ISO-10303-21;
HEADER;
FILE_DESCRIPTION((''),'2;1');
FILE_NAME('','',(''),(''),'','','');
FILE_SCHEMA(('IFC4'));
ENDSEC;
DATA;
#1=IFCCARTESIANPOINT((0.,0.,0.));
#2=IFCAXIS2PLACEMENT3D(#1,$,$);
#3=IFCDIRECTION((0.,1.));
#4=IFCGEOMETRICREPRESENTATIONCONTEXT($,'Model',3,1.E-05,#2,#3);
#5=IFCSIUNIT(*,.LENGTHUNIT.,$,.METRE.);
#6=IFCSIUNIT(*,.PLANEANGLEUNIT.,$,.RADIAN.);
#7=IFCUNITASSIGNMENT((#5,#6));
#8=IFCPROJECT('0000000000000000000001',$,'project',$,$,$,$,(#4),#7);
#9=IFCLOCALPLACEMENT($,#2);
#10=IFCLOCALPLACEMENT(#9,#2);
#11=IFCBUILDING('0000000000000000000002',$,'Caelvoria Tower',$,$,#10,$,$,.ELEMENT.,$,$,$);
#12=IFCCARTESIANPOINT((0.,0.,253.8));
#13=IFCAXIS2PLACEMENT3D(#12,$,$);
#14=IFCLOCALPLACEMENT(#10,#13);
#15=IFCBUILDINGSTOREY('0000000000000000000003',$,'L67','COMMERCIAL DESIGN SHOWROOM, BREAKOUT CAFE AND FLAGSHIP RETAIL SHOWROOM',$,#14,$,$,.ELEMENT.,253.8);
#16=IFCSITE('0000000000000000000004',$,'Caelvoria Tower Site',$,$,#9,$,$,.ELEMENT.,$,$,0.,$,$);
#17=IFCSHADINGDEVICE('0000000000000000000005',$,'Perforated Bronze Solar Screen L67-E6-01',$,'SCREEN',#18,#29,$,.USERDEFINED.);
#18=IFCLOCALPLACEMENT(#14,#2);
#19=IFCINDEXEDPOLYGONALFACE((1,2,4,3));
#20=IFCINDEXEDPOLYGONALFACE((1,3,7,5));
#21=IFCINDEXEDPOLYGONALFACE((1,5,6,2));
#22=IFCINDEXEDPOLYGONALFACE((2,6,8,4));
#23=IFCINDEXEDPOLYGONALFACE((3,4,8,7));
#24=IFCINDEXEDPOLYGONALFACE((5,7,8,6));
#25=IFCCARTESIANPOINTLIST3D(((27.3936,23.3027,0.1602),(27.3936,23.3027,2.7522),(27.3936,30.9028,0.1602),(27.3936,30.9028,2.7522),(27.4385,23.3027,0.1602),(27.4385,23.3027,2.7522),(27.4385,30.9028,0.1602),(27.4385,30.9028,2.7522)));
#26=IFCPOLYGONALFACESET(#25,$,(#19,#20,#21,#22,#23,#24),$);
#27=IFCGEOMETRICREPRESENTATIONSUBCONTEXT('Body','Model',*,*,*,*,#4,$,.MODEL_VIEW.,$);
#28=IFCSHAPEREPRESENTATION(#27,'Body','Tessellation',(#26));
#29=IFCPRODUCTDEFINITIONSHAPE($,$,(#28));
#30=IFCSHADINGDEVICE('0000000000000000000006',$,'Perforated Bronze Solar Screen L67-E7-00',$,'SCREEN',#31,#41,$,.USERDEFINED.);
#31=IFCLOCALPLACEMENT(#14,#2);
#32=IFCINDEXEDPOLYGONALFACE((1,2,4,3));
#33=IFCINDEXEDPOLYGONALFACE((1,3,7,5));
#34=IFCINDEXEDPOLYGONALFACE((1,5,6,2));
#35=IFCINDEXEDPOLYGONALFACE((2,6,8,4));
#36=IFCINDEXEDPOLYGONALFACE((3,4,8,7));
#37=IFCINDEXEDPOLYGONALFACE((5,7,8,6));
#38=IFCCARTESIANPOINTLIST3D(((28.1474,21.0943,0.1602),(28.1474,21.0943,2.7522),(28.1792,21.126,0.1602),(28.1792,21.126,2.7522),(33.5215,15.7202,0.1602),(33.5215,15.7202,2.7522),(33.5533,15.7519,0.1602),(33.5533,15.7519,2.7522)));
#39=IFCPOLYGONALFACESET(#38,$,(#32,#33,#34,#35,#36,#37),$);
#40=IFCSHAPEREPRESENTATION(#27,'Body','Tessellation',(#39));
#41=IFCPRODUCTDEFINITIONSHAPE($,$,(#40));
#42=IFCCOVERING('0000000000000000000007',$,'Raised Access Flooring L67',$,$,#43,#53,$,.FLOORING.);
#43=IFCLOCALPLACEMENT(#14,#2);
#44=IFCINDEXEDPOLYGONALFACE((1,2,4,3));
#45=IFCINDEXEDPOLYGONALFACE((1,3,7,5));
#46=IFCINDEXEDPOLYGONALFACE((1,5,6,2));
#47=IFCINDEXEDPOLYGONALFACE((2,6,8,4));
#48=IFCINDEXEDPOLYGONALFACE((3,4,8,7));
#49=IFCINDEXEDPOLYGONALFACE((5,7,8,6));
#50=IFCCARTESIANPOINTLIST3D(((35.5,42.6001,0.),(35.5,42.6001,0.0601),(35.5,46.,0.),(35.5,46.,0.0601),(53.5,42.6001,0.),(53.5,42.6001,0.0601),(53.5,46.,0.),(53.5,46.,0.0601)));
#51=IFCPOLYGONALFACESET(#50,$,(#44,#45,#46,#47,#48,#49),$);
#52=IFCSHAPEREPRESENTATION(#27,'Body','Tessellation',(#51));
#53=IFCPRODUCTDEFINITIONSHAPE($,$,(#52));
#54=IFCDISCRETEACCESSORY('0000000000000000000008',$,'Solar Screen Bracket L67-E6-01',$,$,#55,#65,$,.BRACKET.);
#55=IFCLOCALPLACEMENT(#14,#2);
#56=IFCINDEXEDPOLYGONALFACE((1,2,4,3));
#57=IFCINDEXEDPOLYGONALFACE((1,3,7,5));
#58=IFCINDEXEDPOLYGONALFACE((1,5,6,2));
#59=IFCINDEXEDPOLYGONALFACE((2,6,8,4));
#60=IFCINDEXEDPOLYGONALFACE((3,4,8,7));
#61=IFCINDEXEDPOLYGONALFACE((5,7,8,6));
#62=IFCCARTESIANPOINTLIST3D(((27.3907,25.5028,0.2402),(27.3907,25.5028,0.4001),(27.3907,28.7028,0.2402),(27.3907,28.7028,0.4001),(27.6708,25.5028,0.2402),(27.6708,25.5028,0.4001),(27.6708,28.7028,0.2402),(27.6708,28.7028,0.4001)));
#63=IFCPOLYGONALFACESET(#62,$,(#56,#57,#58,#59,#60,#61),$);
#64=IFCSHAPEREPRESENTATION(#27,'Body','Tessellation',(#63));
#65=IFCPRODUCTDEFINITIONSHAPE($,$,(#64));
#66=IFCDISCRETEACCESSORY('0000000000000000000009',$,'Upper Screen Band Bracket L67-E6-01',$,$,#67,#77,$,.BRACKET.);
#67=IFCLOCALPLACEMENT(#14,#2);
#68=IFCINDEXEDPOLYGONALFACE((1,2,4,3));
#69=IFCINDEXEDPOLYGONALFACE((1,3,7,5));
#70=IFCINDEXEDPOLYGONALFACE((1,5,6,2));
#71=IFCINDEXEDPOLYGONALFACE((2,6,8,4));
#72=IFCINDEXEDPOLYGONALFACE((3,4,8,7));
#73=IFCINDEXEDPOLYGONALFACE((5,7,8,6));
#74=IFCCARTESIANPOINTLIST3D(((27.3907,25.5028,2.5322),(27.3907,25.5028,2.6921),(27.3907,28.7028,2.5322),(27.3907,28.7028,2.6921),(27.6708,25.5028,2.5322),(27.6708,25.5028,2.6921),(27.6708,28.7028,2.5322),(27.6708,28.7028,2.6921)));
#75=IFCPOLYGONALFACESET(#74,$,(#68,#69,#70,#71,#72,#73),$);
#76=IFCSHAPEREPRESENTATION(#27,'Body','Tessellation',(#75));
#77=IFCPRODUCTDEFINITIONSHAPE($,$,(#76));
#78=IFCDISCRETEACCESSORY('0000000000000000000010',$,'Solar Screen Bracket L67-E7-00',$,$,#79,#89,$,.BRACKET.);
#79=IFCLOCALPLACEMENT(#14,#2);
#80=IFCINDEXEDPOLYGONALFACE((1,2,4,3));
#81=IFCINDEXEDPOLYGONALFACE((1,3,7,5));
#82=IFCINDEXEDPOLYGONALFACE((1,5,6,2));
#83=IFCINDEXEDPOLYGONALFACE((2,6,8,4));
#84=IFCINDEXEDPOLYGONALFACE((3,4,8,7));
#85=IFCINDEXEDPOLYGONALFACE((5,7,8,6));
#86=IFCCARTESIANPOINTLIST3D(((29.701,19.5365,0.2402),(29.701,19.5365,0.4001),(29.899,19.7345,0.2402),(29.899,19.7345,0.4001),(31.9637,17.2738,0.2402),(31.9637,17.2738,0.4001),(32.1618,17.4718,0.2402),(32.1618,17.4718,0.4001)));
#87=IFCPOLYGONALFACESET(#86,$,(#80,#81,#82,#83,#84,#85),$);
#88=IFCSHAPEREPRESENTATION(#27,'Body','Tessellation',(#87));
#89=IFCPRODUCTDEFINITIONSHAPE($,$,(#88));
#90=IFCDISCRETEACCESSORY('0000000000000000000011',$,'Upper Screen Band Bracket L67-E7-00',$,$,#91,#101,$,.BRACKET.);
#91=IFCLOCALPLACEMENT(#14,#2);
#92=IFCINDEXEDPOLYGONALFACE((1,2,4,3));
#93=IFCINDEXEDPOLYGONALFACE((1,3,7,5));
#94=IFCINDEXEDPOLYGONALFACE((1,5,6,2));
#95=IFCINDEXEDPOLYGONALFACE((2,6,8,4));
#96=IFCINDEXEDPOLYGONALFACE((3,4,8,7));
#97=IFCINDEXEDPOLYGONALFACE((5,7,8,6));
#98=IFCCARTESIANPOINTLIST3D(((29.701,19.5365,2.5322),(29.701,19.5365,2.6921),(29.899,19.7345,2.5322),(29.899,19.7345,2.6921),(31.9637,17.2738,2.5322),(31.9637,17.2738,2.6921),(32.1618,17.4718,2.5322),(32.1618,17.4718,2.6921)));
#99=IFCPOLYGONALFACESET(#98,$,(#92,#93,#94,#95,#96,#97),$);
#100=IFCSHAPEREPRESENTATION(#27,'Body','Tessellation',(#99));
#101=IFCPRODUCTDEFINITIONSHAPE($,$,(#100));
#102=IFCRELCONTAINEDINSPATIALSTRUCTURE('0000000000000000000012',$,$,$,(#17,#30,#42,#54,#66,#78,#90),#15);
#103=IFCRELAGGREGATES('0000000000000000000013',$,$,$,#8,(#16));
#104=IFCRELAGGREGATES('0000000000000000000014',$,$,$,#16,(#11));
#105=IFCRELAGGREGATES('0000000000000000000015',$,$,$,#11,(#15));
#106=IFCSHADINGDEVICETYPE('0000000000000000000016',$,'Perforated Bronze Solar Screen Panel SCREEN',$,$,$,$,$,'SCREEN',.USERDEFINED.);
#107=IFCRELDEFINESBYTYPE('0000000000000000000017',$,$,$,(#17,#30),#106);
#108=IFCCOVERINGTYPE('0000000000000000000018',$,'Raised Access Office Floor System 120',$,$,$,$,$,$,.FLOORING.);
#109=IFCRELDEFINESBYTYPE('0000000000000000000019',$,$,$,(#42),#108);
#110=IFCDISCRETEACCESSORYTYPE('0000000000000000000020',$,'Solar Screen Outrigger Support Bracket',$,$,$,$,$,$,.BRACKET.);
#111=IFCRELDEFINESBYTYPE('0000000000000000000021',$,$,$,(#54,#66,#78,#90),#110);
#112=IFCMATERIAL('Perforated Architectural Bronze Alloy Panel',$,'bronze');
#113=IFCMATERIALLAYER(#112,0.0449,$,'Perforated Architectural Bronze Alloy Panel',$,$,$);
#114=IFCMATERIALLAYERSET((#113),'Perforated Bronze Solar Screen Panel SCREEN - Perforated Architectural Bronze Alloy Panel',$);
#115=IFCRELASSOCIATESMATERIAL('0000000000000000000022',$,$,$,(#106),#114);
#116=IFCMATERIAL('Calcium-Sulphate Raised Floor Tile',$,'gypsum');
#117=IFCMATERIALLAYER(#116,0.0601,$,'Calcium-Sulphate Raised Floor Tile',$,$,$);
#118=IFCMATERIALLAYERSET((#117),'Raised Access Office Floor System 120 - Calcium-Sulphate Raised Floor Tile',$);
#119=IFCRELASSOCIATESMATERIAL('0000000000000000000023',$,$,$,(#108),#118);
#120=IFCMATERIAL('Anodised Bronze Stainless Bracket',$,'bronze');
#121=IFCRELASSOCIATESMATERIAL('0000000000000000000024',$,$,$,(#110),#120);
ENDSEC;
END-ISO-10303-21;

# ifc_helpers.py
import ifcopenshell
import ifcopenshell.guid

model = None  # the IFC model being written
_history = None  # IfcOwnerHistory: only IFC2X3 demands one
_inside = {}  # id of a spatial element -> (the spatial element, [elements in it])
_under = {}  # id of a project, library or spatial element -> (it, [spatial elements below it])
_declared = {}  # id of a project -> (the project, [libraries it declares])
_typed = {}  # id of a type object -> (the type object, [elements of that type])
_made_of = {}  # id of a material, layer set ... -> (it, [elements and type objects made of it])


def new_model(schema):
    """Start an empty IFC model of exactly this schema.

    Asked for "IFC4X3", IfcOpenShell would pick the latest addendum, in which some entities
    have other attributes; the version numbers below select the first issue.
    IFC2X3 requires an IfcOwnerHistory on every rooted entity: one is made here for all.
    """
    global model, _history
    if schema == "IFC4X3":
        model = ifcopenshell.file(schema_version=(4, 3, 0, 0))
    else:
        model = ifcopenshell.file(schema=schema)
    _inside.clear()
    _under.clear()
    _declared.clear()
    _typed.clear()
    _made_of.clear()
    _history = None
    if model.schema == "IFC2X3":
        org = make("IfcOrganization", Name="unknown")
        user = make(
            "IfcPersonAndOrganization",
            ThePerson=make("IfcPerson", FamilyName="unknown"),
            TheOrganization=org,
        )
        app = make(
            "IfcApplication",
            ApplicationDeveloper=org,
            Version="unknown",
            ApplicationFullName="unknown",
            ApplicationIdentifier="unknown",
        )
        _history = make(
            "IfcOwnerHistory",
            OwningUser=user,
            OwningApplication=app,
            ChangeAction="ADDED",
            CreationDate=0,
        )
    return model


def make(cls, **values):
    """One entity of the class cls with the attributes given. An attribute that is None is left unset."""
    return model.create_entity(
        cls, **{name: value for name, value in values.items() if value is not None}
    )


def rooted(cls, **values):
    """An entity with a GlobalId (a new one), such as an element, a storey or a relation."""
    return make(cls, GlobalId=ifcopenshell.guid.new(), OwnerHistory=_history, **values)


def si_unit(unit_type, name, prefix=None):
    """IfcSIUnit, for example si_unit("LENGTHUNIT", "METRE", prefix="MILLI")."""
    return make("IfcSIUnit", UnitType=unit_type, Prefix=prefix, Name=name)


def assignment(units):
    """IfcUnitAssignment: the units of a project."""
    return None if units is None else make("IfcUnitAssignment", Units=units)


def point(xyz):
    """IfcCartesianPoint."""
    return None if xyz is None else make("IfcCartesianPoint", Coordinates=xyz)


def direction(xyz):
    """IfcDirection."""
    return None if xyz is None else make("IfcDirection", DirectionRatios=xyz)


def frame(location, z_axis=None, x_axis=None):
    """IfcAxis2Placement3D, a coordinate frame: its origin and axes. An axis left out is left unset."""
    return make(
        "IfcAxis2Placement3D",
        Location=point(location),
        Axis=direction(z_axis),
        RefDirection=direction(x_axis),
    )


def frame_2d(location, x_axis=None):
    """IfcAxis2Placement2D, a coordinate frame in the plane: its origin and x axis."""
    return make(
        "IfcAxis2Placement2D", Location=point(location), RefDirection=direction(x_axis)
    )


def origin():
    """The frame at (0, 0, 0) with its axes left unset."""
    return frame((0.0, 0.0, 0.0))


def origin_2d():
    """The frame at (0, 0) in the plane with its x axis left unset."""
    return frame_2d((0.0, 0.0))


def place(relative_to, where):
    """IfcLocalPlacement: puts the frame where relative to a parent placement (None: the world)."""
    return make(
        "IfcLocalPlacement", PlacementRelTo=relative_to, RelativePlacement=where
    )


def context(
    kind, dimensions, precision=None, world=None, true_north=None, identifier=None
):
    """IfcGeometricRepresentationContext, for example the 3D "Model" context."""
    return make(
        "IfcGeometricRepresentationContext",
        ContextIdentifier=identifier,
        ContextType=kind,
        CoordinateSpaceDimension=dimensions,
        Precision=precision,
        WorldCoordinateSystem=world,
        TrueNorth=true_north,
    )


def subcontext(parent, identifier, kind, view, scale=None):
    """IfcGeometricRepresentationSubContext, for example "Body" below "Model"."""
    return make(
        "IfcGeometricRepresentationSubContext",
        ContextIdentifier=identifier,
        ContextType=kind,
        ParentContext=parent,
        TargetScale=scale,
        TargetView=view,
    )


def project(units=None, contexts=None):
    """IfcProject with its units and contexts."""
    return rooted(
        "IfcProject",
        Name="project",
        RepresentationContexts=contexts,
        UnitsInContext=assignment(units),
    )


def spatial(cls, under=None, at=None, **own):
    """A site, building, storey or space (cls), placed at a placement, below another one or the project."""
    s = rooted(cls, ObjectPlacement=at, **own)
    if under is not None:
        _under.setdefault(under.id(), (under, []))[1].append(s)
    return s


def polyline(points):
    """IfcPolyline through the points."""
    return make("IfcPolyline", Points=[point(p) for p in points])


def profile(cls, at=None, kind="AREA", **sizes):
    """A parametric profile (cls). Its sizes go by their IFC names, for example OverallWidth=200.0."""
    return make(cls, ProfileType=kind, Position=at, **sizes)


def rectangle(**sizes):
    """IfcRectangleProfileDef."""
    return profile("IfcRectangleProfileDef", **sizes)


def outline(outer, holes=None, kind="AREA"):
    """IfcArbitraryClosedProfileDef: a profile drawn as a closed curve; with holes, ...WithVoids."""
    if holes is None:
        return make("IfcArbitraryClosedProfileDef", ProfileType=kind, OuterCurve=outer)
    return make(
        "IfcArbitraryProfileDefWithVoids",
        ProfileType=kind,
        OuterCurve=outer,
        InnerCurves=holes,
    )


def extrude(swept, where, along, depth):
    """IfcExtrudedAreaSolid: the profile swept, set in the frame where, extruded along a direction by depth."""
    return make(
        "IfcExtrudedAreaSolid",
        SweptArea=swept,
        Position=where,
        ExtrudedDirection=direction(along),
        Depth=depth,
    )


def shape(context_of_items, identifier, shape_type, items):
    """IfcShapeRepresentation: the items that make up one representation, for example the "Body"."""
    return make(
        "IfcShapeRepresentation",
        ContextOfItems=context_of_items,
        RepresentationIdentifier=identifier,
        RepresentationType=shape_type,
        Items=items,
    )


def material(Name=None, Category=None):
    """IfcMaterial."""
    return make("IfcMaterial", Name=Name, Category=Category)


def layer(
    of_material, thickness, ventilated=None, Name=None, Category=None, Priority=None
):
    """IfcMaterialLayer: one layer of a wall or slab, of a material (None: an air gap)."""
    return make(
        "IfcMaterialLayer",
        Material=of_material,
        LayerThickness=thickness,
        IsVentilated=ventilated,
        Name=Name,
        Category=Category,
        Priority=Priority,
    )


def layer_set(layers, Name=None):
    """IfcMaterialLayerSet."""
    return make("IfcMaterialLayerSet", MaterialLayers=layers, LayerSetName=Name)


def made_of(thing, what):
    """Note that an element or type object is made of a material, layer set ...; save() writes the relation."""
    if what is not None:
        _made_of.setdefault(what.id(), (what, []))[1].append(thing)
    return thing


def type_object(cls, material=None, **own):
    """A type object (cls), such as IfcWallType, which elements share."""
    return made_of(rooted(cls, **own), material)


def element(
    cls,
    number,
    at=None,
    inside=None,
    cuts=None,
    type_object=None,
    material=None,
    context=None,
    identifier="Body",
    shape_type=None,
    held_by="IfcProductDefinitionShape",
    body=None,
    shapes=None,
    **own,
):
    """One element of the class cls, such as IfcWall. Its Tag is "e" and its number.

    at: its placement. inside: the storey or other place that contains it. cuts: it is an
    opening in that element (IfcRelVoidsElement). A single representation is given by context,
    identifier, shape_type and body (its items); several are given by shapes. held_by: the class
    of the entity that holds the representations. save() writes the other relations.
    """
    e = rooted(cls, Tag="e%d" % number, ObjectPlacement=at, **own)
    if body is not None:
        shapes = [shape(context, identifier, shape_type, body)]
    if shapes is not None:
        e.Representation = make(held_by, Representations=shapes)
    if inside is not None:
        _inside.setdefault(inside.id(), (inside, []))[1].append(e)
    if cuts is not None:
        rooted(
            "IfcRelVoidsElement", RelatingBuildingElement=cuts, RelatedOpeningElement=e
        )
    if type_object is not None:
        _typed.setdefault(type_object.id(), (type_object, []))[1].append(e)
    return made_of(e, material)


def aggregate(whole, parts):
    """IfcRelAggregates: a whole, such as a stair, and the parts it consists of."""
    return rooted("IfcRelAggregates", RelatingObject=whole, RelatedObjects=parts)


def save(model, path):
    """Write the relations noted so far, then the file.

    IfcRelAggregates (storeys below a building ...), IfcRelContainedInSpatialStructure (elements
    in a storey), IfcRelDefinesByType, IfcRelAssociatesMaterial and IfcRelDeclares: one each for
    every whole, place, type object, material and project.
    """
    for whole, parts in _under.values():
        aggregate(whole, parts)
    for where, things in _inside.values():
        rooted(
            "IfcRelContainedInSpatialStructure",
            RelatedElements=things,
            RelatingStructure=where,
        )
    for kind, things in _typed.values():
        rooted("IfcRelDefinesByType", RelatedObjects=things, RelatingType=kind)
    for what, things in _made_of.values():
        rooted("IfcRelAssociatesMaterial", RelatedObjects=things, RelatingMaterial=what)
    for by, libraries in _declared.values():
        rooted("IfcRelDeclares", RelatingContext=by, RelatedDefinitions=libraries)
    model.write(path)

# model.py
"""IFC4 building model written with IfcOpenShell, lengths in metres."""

from ifc_helpers import new_model, si_unit, direction, frame, origin, origin_2d, place, context, subcontext, project, spatial, polyline, rectangle, outline, extrude, material, layer, layer_set, type_object, element, save


model = new_model("IFC4")

# Units and contexts
model_context = context("Model", 3, precision=1e-05, world=origin(), true_north=direction((0.0, 1.0)))
body_context = subcontext(model_context, "Body", "Model", "MODEL_VIEW")
ifc_project = project(units=[si_unit("LENGTHUNIT", "METRE"), si_unit("PLANEANGLEUNIT", "RADIAN")], contexts=[model_context])

# Site, building, storey
site_placement = place(None, origin())
site = spatial("IfcSite", under=ifc_project, at=site_placement, Name="Caelvoria Tower Site", CompositionType="ELEMENT", RefElevation=0.0)
building_placement = place(site_placement, origin())
building = spatial("IfcBuilding", under=site, at=building_placement, Name="Caelvoria Tower", CompositionType="ELEMENT")
storey_placement = place(building_placement, frame((0.0, 0.0, 253.8)))
storey = spatial("IfcBuildingStorey", under=building, at=storey_placement, Name="L67", Description="COMMERCIAL DESIGN SHOWROOM, BREAKOUT CAFE AND FLAGSHIP RETAIL SHOWROOM", CompositionType="ELEMENT", Elevation=253.8)

# Shading devices
ifc_material_1 = material(Name="Perforated Architectural Bronze Alloy Panel", Category="bronze")
ifc_layer_1 = layer(ifc_material_1, 0.0449, Name="Perforated Architectural Bronze Alloy Panel")
ifc_layer_set_1 = layer_set([ifc_layer_1], Name="Perforated Bronze Solar Screen Panel SCREEN - Perforated Architectural Bronze Alloy Panel")
shading_device_type = type_object("IfcShadingDeviceType", Name="Perforated Bronze Solar Screen Panel SCREEN", ElementType="SCREEN", PredefinedType="USERDEFINED", material=ifc_layer_set_1)
for number, where, z_axis, x_axis, name in (
    (1, (27.416, 27.1028, 0.1602), (0.0, 0.0, 1.0), (0.0, -1.0, 0.0), "Perforated Bronze Solar Screen L67-E6-01"),
    (2, (30.8503, 18.4231, 0.1602), (0.0, 0.0, 1.0), (0.707107, -0.707107, 0.0), "Perforated Bronze Solar Screen L67-E7-00"),
):
    element("IfcShadingDevice", number, at=place(storey_placement, frame(where, z_axis=z_axis, x_axis=x_axis)), inside=storey, type_object=shading_device_type, Name=name, ObjectType="SCREEN", PredefinedType="USERDEFINED", context=body_context, shape_type="SweptSolid", body=[
        extrude(rectangle(XDim=7.6001, YDim=0.0449, at=origin_2d()), origin(), (0.0, 0.0, 1.0), 2.592),
    ])

# Covering
ifc_material_2 = material(Name="Calcium-Sulphate Raised Floor Tile", Category="gypsum")
ifc_layer_2 = layer(ifc_material_2, 0.0601, Name="Calcium-Sulphate Raised Floor Tile")
ifc_layer_set_2 = layer_set([ifc_layer_2], Name="Raised Access Office Floor System 120 - Calcium-Sulphate Raised Floor Tile")
covering_type_1 = type_object("IfcCoveringType", Name="Raised Access Office Floor System 120", PredefinedType="FLOORING", material=ifc_layer_set_2)
covering_1_placement = place(storey_placement, origin())
element("IfcCovering", 3, at=covering_1_placement, inside=storey, type_object=covering_type_1, Name="Raised Access Flooring L67", PredefinedType="FLOORING", context=body_context, shape_type="SweptSolid", body=[
    extrude(outline(polyline([(35.5, 42.6001), (53.5, 42.6001), (53.5, 46.0), (35.5, 46.0), (35.5, 42.6001)])), origin(), (0.0, 0.0, 1.0), 0.0601),
])

# Discrete accessories
ifc_material_3 = material(Name="Anodised Bronze Stainless Bracket", Category="bronze")
discrete_accessory_type = type_object("IfcDiscreteAccessoryType", Name="Solar Screen Outrigger Support Bracket", PredefinedType="BRACKET", material=ifc_material_3)
for number, where, z_axis, x_axis, name in (
    (4, (27.5308, 27.1028, 0.2402), (0.0, 0.0, 1.0), (0.0, -1.0, 0.0), "Solar Screen Bracket L67-E6-01"),
    (5, (27.5308, 27.1028, 2.5322), (0.0, 0.0, 1.0), (0.0, -1.0, 0.0), "Upper Screen Band Bracket L67-E6-01"),
    (6, (30.9314, 18.5042, 0.2402), (0.0, 0.0, 1.0), (0.707107, -0.707107, 0.0), "Solar Screen Bracket L67-E7-00"),
    (7, (30.9314, 18.5042, 2.5322), (0.0, 0.0, 1.0), (0.707107, -0.707107, 0.0), "Upper Screen Band Bracket L67-E7-00"),
):
    element("IfcDiscreteAccessory", number, at=place(storey_placement, frame(where, z_axis=z_axis, x_axis=x_axis)), inside=storey, type_object=discrete_accessory_type, Name=name, PredefinedType="BRACKET", context=body_context, shape_type="SweptSolid", body=[
        extrude(rectangle(XDim=3.2, YDim=0.28, at=origin_2d()), origin(), (0.0, 0.0, 1.0), 0.1599),
    ])

save(model, "model.ifc")
